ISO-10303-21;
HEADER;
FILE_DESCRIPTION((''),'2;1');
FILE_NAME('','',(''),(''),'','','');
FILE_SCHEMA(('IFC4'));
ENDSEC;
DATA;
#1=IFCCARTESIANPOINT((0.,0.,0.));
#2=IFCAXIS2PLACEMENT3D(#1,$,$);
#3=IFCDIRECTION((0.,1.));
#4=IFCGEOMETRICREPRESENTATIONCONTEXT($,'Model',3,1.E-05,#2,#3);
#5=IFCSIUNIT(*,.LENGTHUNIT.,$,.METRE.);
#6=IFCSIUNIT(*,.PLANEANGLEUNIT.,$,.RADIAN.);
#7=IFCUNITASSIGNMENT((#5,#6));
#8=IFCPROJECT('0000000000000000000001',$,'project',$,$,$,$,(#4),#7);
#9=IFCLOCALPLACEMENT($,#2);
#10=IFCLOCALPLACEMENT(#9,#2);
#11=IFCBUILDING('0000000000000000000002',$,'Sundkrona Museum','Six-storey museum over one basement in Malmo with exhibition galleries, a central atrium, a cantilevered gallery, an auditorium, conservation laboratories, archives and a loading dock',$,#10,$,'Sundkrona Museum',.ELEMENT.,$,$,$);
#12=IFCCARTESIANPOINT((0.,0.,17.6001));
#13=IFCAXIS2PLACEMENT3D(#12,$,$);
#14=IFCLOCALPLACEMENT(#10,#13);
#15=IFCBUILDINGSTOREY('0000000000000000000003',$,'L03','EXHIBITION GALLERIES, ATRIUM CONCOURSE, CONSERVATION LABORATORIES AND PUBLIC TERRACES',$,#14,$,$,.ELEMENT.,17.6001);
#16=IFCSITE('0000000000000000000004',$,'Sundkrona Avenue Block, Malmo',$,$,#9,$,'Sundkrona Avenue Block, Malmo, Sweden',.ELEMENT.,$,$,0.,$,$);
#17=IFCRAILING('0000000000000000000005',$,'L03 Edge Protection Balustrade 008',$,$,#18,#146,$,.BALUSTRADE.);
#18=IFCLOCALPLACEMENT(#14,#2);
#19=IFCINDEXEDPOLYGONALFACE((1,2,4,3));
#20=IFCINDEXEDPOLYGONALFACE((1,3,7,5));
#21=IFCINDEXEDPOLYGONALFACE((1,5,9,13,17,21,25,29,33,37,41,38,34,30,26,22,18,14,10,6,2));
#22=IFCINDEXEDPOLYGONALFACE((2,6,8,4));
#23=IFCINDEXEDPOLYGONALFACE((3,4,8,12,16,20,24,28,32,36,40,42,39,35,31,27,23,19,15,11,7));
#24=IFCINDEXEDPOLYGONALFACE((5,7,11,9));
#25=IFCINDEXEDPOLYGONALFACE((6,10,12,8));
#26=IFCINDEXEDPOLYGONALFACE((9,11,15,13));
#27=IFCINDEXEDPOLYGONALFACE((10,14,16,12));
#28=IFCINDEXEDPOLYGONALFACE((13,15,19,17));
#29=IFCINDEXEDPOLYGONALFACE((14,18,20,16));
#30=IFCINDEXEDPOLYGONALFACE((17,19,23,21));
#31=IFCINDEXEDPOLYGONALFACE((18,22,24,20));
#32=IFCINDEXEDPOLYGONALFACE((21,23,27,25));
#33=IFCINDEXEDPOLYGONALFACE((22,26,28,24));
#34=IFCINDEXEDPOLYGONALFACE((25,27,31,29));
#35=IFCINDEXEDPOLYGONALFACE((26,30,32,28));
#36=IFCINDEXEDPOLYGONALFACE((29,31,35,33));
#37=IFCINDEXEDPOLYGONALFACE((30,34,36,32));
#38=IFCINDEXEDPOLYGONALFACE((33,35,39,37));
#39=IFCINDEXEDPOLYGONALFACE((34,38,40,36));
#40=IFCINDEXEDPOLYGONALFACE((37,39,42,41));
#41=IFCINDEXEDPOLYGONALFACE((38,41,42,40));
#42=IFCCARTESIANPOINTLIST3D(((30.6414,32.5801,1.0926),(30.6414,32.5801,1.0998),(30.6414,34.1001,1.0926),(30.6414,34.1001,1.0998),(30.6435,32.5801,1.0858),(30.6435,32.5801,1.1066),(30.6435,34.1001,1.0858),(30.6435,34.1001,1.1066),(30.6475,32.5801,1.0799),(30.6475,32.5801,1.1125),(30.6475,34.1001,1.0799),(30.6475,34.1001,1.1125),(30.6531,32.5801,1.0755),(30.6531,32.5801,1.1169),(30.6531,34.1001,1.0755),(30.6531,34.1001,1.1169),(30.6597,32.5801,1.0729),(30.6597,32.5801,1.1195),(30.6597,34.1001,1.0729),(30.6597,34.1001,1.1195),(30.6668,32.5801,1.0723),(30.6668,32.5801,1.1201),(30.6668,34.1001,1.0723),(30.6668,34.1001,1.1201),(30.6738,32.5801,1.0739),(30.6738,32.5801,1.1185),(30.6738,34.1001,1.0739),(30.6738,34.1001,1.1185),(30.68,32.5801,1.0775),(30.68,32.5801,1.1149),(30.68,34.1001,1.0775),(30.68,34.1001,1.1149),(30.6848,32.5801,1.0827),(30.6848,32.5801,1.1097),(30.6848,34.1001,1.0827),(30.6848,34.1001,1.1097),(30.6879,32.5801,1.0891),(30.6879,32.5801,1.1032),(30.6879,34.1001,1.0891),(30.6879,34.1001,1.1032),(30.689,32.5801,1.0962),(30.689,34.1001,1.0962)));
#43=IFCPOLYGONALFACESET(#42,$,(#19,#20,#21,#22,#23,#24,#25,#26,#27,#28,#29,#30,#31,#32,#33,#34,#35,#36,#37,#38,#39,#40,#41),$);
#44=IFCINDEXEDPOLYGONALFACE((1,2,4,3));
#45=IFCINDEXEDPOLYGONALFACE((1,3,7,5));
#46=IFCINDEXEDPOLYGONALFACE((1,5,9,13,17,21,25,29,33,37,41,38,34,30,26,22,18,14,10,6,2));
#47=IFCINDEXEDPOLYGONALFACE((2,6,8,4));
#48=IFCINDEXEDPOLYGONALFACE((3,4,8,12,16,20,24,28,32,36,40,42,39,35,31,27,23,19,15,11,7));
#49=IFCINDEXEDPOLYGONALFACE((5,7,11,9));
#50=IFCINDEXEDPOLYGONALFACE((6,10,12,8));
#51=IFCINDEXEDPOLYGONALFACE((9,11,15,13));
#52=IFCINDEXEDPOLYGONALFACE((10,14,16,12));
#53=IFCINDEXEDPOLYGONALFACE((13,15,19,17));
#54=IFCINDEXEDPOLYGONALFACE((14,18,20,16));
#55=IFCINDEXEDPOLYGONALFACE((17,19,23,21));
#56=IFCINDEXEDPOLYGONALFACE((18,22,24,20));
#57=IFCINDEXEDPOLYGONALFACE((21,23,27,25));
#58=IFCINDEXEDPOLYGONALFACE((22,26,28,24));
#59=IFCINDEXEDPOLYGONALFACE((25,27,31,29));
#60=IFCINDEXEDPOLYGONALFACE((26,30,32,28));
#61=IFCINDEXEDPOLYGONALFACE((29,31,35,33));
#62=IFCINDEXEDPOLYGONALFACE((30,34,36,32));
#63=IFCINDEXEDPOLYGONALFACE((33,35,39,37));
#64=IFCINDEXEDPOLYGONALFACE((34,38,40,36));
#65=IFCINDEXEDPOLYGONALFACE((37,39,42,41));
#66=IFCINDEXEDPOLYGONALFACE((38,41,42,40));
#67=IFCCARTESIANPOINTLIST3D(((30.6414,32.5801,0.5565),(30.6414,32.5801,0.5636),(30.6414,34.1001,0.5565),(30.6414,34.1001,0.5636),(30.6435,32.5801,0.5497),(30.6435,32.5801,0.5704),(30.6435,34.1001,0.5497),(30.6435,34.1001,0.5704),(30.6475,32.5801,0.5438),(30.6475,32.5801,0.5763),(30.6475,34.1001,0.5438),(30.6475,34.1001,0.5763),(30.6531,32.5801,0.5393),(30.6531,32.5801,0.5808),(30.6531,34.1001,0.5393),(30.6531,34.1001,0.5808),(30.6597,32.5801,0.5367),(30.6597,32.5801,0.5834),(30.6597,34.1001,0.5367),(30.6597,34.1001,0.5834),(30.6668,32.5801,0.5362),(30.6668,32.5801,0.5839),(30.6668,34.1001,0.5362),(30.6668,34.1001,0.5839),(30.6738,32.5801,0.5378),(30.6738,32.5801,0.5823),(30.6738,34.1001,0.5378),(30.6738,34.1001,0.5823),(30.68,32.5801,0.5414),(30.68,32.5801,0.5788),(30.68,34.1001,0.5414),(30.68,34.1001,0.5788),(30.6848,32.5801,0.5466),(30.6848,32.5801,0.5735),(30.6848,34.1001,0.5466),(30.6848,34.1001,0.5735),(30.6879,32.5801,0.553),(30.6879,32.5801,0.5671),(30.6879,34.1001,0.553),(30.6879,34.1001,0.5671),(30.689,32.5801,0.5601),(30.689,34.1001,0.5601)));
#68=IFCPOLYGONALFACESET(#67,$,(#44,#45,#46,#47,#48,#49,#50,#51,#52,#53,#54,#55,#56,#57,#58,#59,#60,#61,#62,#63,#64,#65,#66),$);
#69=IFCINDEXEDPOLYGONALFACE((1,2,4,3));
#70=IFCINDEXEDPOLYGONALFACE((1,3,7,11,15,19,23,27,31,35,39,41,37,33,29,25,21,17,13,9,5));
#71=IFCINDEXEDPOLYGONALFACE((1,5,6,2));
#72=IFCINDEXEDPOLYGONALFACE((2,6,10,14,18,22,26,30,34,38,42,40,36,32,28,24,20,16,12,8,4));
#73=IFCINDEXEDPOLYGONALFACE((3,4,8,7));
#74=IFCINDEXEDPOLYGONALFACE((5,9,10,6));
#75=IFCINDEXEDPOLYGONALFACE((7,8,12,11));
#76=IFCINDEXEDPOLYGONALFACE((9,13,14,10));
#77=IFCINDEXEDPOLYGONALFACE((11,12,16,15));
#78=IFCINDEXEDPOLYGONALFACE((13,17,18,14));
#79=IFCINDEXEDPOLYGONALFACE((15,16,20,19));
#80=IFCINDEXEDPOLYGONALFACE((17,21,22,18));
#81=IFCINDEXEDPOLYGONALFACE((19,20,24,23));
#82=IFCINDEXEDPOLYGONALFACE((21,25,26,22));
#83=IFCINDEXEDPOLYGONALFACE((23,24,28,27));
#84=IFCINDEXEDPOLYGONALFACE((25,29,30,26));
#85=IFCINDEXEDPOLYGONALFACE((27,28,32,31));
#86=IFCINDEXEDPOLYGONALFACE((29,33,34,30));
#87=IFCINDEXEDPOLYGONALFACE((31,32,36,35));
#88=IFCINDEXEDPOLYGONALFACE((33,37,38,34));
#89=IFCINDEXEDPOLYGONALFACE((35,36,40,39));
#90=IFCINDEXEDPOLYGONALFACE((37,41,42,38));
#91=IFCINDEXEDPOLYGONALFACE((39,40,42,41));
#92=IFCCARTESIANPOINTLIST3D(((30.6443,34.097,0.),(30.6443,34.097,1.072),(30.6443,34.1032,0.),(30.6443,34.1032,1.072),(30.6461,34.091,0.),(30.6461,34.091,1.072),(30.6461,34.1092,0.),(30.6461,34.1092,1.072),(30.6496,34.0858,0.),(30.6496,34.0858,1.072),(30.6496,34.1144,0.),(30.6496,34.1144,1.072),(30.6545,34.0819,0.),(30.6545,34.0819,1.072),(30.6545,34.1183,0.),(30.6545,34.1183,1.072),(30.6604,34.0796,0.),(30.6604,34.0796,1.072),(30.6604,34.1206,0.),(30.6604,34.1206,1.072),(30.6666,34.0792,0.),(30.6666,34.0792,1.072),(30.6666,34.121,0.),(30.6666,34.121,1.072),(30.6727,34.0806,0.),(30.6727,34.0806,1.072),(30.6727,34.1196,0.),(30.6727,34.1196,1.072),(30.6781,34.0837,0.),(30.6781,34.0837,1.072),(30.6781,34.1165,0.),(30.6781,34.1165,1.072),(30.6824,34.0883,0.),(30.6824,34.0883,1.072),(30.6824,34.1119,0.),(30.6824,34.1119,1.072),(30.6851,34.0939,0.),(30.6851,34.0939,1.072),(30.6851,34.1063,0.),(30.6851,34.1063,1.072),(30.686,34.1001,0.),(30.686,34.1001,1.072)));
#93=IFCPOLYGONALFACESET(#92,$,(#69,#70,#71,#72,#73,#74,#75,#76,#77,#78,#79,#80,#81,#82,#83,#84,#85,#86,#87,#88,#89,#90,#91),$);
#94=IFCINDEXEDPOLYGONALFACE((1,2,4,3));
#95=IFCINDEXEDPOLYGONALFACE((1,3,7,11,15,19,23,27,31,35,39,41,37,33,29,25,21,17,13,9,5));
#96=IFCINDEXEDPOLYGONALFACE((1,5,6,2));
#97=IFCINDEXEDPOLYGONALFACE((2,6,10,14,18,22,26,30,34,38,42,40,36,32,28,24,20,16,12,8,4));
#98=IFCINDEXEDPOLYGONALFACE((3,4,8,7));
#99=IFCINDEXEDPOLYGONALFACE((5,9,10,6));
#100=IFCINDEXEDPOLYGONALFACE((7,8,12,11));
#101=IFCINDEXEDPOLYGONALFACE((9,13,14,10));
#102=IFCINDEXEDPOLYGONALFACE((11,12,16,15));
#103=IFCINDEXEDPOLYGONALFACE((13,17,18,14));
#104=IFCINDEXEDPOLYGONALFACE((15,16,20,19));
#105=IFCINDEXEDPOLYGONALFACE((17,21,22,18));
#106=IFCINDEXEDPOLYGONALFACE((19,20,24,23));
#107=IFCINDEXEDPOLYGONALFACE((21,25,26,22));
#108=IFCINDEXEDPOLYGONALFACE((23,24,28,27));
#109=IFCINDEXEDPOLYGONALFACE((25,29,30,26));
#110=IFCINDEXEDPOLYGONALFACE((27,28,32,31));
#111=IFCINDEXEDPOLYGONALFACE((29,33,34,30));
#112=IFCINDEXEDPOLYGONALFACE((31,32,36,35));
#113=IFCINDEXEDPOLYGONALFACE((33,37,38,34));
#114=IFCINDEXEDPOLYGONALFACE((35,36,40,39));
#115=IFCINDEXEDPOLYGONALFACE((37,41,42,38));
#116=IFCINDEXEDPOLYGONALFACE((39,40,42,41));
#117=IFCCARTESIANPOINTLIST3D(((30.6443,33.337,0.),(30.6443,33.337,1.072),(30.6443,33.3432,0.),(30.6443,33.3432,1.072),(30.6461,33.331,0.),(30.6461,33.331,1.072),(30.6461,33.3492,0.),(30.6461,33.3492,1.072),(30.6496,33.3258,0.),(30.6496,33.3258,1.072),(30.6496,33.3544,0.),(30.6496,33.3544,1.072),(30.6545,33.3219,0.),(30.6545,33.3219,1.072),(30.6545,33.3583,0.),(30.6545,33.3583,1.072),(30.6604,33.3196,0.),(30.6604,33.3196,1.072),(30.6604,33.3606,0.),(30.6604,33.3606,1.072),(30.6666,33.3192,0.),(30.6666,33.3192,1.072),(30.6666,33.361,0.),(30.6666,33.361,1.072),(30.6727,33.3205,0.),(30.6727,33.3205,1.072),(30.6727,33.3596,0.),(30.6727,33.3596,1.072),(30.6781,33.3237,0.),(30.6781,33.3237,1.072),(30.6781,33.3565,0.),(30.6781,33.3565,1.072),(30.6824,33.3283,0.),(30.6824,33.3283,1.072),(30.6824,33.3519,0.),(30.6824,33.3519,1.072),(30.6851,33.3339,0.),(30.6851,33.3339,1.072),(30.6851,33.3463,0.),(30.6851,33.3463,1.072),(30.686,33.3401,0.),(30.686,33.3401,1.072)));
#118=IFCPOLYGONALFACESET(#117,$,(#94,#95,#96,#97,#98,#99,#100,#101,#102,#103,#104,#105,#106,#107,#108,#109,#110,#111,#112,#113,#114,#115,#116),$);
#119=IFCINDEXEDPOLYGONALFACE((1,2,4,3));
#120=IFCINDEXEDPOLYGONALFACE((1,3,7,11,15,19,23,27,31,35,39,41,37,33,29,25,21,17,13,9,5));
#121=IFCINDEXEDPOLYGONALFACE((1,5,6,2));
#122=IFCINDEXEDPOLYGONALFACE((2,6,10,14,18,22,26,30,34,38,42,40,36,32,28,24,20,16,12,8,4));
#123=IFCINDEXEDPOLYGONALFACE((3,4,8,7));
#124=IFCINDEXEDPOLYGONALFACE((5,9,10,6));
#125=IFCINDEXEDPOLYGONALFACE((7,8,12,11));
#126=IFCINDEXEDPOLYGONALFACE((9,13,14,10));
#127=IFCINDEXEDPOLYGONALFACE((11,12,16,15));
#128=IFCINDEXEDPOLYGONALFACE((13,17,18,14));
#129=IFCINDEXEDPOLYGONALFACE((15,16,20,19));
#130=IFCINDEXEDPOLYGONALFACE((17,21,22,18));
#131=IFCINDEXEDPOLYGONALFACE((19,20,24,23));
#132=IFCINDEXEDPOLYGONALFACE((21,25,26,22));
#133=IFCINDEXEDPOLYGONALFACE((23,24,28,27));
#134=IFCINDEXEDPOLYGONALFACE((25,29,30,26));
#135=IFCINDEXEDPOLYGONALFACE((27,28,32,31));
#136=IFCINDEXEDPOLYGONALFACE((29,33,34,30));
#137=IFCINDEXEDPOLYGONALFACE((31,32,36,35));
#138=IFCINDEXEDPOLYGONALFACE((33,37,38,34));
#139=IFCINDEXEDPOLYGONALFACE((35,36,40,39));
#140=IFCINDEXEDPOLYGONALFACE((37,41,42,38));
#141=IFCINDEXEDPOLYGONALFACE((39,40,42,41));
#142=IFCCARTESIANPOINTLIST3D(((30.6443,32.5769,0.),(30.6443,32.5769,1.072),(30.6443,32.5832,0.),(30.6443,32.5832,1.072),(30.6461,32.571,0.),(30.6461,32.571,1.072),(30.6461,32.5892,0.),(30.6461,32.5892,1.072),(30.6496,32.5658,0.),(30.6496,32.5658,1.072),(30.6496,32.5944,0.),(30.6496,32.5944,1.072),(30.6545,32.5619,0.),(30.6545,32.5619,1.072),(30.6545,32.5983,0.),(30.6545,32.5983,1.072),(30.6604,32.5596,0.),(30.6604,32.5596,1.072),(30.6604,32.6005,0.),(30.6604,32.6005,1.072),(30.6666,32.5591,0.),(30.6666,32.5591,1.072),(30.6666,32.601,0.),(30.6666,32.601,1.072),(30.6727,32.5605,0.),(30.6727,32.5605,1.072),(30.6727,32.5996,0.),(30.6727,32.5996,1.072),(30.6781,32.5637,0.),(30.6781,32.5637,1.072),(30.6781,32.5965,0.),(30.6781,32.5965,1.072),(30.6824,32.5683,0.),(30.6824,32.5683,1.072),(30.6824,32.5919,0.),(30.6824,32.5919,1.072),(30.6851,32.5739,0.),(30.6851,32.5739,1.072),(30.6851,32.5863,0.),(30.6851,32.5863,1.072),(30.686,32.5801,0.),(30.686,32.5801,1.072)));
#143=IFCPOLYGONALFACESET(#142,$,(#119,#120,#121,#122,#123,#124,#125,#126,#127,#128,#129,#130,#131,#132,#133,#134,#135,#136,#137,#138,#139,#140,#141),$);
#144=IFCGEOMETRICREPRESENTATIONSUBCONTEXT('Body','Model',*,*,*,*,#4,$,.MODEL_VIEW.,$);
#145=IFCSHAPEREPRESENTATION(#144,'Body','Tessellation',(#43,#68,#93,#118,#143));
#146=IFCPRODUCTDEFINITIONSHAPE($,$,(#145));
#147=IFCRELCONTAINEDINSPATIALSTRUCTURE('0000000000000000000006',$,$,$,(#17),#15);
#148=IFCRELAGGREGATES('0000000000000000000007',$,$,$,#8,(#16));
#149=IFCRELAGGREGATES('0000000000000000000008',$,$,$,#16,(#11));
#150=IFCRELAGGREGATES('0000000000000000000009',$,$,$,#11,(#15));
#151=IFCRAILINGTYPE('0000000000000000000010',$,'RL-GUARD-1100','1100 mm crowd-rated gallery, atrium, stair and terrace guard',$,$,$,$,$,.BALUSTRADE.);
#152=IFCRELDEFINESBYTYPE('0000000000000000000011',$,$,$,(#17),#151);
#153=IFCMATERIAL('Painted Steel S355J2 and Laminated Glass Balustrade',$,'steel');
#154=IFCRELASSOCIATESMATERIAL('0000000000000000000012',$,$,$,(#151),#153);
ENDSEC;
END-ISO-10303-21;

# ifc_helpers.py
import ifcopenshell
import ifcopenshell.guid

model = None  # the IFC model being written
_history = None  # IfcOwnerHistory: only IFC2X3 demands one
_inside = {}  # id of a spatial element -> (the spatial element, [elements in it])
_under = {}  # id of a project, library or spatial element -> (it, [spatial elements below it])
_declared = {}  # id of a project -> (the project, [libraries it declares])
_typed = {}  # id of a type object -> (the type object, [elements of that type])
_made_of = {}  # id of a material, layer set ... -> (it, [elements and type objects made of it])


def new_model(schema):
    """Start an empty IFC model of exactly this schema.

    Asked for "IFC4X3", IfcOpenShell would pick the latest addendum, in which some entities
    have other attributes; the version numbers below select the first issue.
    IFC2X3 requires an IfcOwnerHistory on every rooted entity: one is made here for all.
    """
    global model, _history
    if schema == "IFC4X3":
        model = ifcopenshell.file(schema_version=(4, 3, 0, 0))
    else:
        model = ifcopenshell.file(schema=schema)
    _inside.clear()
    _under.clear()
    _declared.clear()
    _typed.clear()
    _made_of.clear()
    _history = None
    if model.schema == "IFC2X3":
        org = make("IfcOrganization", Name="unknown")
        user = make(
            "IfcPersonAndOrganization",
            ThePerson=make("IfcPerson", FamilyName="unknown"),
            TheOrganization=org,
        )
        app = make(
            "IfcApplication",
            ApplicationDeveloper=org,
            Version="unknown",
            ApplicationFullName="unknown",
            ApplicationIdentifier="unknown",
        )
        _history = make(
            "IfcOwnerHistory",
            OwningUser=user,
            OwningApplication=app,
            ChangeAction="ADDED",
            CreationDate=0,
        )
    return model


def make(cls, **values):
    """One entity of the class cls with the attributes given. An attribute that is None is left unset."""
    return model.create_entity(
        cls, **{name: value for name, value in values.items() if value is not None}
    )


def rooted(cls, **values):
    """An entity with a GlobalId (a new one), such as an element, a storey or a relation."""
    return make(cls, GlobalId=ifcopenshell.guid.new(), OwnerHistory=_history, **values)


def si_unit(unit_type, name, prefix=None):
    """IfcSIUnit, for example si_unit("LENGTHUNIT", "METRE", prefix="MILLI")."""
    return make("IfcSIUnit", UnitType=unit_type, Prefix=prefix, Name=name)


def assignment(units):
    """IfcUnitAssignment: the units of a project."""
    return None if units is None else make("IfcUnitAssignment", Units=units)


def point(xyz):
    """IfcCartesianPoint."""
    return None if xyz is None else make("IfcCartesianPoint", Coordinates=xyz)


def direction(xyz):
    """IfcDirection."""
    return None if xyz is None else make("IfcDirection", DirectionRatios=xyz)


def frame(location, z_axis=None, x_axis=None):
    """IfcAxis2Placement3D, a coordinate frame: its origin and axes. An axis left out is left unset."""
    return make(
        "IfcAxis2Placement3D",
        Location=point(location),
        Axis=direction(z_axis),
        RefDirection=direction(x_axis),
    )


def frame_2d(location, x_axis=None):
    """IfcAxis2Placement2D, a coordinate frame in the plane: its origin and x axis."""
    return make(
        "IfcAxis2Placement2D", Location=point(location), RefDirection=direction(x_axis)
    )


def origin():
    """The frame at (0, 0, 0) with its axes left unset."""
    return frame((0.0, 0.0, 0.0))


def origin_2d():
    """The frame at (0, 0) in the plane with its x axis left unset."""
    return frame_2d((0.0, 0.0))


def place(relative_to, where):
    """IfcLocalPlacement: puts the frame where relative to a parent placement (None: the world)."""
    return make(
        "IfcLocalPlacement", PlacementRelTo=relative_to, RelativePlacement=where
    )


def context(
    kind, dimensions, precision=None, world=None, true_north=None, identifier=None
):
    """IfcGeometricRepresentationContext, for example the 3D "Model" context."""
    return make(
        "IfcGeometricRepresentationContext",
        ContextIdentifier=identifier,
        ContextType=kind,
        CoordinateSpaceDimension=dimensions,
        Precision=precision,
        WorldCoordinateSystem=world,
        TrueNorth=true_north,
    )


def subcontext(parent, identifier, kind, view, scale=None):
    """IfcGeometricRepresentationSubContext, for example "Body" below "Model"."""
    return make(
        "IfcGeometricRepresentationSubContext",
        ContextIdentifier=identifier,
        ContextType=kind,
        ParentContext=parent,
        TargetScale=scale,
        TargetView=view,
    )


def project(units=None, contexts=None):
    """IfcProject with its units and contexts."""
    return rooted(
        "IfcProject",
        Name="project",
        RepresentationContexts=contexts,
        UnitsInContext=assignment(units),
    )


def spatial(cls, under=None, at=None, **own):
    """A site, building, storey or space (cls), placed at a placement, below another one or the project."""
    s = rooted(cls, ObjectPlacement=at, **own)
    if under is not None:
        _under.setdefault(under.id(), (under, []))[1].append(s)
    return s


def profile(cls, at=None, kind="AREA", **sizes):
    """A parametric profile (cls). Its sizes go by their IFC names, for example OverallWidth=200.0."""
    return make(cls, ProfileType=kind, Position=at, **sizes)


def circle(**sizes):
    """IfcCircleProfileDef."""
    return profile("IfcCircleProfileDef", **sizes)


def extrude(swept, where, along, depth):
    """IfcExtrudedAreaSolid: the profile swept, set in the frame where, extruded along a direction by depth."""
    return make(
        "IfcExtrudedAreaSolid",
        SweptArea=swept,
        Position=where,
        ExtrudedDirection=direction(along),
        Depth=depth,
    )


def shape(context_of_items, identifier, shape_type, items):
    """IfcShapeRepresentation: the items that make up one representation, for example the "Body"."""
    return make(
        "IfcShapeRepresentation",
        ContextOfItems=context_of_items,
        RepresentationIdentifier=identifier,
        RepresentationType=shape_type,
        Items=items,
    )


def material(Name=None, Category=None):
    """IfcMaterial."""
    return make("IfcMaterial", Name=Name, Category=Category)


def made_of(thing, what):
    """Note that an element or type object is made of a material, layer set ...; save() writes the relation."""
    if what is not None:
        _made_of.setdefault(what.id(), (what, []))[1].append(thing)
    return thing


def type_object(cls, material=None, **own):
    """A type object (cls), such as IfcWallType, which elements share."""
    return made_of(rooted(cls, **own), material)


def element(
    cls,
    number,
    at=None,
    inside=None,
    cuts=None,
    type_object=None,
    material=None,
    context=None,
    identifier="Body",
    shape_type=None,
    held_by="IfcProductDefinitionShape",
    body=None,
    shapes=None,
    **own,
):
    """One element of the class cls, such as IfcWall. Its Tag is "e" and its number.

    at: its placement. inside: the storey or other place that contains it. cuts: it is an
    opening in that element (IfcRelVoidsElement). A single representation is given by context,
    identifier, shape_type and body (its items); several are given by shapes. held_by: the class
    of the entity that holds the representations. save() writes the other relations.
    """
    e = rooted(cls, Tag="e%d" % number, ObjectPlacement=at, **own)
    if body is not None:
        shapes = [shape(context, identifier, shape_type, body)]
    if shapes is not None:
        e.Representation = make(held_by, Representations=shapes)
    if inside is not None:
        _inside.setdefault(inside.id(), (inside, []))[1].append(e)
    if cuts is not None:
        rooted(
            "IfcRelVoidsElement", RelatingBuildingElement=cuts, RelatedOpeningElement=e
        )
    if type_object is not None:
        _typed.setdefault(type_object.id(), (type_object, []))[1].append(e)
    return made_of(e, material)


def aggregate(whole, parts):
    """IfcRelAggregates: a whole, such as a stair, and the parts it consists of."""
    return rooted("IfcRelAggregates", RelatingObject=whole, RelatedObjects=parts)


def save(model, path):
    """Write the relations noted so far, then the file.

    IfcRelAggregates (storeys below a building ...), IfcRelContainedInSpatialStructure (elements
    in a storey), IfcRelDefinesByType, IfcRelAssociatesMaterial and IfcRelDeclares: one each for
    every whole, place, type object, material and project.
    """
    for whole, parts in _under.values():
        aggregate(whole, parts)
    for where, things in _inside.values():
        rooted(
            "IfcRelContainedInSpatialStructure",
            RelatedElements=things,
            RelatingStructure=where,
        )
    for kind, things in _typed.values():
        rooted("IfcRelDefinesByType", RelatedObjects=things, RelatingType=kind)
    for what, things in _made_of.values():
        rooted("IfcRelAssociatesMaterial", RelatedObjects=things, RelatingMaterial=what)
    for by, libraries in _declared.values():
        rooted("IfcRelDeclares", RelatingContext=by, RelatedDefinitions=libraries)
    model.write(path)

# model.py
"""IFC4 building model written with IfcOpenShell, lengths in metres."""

from ifc_helpers import new_model, si_unit, direction, frame, origin, origin_2d, place, context, subcontext, project, spatial, circle, extrude, material, type_object, element, save


model = new_model("IFC4")

# Units and contexts
model_context = context("Model", 3, precision=1e-05, world=origin(), true_north=direction((0.0, 1.0)))
body_context = subcontext(model_context, "Body", "Model", "MODEL_VIEW")
ifc_project = project(units=[si_unit("LENGTHUNIT", "METRE"), si_unit("PLANEANGLEUNIT", "RADIAN")], contexts=[model_context])

# Site, building, storey
site_placement = place(None, origin())
site = spatial("IfcSite", under=ifc_project, at=site_placement, Name="Sundkrona Avenue Block, Malmo", LongName="Sundkrona Avenue Block, Malmo, Sweden", CompositionType="ELEMENT", RefElevation=0.0)
building_placement = place(site_placement, origin())
building = spatial("IfcBuilding", under=site, at=building_placement, Name="Sundkrona Museum", Description="Six-storey museum over one basement in Malmo with exhibition galleries, a central atrium, a cantilevered gallery, an auditorium, conservation laboratories, archives and a loading dock", LongName="Sundkrona Museum", CompositionType="ELEMENT")
storey_placement = place(building_placement, frame((0.0, 0.0, 17.6001)))
storey = spatial("IfcBuildingStorey", under=building, at=storey_placement, Name="L03", Description="EXHIBITION GALLERIES, ATRIUM CONCOURSE, CONSERVATION LABORATORIES AND PUBLIC TERRACES", CompositionType="ELEMENT", Elevation=17.6001)

# Railing
ifc_material_1 = material(Name="Painted Steel S355J2 and Laminated Glass Balustrade", Category="steel")
railing_type_1 = type_object("IfcRailingType", Name="RL-GUARD-1100", Description="1100 mm crowd-rated gallery, atrium, stair and terrace guard", PredefinedType="BALUSTRADE", material=ifc_material_1)
for number, where, name in (
    (1, (30.665, 34.1001, 0.0), "L03 Edge Protection Balustrade 008"),
):
    element("IfcRailing", number, at=place(storey_placement, frame(where)), inside=storey, type_object=railing_type_1, Name=name, PredefinedType="BALUSTRADE", context=body_context, shape_type="SweptSolid", body=[
        extrude(circle(Radius=0.0239, at=origin_2d()), frame((0.0, 0.0, 1.0962), z_axis=(0.0, -1.0, 0.0), x_axis=(1.0, 0.0, 0.0)), (0.0, 0.0, 1.0), 1.52),
        extrude(circle(Radius=0.0239, at=origin_2d()), frame((0.0, 0.0, 0.5601), z_axis=(0.0, -1.0, 0.0), x_axis=(1.0, 0.0, 0.0)), (0.0, 0.0, 1.0), 1.52),
        extrude(circle(Radius=0.021, at=origin_2d()), origin(), (0.0, 0.0, 1.0), 1.072),
        extrude(circle(Radius=0.021, at=origin_2d()), frame((0.0, -0.76, 0.0)), (0.0, 0.0, 1.0), 1.072),
        extrude(circle(Radius=0.021, at=origin_2d()), frame((0.0, -1.52, 0.0)), (0.0, 0.0, 1.0), 1.072),
    ])

save(model, "model.ifc")
